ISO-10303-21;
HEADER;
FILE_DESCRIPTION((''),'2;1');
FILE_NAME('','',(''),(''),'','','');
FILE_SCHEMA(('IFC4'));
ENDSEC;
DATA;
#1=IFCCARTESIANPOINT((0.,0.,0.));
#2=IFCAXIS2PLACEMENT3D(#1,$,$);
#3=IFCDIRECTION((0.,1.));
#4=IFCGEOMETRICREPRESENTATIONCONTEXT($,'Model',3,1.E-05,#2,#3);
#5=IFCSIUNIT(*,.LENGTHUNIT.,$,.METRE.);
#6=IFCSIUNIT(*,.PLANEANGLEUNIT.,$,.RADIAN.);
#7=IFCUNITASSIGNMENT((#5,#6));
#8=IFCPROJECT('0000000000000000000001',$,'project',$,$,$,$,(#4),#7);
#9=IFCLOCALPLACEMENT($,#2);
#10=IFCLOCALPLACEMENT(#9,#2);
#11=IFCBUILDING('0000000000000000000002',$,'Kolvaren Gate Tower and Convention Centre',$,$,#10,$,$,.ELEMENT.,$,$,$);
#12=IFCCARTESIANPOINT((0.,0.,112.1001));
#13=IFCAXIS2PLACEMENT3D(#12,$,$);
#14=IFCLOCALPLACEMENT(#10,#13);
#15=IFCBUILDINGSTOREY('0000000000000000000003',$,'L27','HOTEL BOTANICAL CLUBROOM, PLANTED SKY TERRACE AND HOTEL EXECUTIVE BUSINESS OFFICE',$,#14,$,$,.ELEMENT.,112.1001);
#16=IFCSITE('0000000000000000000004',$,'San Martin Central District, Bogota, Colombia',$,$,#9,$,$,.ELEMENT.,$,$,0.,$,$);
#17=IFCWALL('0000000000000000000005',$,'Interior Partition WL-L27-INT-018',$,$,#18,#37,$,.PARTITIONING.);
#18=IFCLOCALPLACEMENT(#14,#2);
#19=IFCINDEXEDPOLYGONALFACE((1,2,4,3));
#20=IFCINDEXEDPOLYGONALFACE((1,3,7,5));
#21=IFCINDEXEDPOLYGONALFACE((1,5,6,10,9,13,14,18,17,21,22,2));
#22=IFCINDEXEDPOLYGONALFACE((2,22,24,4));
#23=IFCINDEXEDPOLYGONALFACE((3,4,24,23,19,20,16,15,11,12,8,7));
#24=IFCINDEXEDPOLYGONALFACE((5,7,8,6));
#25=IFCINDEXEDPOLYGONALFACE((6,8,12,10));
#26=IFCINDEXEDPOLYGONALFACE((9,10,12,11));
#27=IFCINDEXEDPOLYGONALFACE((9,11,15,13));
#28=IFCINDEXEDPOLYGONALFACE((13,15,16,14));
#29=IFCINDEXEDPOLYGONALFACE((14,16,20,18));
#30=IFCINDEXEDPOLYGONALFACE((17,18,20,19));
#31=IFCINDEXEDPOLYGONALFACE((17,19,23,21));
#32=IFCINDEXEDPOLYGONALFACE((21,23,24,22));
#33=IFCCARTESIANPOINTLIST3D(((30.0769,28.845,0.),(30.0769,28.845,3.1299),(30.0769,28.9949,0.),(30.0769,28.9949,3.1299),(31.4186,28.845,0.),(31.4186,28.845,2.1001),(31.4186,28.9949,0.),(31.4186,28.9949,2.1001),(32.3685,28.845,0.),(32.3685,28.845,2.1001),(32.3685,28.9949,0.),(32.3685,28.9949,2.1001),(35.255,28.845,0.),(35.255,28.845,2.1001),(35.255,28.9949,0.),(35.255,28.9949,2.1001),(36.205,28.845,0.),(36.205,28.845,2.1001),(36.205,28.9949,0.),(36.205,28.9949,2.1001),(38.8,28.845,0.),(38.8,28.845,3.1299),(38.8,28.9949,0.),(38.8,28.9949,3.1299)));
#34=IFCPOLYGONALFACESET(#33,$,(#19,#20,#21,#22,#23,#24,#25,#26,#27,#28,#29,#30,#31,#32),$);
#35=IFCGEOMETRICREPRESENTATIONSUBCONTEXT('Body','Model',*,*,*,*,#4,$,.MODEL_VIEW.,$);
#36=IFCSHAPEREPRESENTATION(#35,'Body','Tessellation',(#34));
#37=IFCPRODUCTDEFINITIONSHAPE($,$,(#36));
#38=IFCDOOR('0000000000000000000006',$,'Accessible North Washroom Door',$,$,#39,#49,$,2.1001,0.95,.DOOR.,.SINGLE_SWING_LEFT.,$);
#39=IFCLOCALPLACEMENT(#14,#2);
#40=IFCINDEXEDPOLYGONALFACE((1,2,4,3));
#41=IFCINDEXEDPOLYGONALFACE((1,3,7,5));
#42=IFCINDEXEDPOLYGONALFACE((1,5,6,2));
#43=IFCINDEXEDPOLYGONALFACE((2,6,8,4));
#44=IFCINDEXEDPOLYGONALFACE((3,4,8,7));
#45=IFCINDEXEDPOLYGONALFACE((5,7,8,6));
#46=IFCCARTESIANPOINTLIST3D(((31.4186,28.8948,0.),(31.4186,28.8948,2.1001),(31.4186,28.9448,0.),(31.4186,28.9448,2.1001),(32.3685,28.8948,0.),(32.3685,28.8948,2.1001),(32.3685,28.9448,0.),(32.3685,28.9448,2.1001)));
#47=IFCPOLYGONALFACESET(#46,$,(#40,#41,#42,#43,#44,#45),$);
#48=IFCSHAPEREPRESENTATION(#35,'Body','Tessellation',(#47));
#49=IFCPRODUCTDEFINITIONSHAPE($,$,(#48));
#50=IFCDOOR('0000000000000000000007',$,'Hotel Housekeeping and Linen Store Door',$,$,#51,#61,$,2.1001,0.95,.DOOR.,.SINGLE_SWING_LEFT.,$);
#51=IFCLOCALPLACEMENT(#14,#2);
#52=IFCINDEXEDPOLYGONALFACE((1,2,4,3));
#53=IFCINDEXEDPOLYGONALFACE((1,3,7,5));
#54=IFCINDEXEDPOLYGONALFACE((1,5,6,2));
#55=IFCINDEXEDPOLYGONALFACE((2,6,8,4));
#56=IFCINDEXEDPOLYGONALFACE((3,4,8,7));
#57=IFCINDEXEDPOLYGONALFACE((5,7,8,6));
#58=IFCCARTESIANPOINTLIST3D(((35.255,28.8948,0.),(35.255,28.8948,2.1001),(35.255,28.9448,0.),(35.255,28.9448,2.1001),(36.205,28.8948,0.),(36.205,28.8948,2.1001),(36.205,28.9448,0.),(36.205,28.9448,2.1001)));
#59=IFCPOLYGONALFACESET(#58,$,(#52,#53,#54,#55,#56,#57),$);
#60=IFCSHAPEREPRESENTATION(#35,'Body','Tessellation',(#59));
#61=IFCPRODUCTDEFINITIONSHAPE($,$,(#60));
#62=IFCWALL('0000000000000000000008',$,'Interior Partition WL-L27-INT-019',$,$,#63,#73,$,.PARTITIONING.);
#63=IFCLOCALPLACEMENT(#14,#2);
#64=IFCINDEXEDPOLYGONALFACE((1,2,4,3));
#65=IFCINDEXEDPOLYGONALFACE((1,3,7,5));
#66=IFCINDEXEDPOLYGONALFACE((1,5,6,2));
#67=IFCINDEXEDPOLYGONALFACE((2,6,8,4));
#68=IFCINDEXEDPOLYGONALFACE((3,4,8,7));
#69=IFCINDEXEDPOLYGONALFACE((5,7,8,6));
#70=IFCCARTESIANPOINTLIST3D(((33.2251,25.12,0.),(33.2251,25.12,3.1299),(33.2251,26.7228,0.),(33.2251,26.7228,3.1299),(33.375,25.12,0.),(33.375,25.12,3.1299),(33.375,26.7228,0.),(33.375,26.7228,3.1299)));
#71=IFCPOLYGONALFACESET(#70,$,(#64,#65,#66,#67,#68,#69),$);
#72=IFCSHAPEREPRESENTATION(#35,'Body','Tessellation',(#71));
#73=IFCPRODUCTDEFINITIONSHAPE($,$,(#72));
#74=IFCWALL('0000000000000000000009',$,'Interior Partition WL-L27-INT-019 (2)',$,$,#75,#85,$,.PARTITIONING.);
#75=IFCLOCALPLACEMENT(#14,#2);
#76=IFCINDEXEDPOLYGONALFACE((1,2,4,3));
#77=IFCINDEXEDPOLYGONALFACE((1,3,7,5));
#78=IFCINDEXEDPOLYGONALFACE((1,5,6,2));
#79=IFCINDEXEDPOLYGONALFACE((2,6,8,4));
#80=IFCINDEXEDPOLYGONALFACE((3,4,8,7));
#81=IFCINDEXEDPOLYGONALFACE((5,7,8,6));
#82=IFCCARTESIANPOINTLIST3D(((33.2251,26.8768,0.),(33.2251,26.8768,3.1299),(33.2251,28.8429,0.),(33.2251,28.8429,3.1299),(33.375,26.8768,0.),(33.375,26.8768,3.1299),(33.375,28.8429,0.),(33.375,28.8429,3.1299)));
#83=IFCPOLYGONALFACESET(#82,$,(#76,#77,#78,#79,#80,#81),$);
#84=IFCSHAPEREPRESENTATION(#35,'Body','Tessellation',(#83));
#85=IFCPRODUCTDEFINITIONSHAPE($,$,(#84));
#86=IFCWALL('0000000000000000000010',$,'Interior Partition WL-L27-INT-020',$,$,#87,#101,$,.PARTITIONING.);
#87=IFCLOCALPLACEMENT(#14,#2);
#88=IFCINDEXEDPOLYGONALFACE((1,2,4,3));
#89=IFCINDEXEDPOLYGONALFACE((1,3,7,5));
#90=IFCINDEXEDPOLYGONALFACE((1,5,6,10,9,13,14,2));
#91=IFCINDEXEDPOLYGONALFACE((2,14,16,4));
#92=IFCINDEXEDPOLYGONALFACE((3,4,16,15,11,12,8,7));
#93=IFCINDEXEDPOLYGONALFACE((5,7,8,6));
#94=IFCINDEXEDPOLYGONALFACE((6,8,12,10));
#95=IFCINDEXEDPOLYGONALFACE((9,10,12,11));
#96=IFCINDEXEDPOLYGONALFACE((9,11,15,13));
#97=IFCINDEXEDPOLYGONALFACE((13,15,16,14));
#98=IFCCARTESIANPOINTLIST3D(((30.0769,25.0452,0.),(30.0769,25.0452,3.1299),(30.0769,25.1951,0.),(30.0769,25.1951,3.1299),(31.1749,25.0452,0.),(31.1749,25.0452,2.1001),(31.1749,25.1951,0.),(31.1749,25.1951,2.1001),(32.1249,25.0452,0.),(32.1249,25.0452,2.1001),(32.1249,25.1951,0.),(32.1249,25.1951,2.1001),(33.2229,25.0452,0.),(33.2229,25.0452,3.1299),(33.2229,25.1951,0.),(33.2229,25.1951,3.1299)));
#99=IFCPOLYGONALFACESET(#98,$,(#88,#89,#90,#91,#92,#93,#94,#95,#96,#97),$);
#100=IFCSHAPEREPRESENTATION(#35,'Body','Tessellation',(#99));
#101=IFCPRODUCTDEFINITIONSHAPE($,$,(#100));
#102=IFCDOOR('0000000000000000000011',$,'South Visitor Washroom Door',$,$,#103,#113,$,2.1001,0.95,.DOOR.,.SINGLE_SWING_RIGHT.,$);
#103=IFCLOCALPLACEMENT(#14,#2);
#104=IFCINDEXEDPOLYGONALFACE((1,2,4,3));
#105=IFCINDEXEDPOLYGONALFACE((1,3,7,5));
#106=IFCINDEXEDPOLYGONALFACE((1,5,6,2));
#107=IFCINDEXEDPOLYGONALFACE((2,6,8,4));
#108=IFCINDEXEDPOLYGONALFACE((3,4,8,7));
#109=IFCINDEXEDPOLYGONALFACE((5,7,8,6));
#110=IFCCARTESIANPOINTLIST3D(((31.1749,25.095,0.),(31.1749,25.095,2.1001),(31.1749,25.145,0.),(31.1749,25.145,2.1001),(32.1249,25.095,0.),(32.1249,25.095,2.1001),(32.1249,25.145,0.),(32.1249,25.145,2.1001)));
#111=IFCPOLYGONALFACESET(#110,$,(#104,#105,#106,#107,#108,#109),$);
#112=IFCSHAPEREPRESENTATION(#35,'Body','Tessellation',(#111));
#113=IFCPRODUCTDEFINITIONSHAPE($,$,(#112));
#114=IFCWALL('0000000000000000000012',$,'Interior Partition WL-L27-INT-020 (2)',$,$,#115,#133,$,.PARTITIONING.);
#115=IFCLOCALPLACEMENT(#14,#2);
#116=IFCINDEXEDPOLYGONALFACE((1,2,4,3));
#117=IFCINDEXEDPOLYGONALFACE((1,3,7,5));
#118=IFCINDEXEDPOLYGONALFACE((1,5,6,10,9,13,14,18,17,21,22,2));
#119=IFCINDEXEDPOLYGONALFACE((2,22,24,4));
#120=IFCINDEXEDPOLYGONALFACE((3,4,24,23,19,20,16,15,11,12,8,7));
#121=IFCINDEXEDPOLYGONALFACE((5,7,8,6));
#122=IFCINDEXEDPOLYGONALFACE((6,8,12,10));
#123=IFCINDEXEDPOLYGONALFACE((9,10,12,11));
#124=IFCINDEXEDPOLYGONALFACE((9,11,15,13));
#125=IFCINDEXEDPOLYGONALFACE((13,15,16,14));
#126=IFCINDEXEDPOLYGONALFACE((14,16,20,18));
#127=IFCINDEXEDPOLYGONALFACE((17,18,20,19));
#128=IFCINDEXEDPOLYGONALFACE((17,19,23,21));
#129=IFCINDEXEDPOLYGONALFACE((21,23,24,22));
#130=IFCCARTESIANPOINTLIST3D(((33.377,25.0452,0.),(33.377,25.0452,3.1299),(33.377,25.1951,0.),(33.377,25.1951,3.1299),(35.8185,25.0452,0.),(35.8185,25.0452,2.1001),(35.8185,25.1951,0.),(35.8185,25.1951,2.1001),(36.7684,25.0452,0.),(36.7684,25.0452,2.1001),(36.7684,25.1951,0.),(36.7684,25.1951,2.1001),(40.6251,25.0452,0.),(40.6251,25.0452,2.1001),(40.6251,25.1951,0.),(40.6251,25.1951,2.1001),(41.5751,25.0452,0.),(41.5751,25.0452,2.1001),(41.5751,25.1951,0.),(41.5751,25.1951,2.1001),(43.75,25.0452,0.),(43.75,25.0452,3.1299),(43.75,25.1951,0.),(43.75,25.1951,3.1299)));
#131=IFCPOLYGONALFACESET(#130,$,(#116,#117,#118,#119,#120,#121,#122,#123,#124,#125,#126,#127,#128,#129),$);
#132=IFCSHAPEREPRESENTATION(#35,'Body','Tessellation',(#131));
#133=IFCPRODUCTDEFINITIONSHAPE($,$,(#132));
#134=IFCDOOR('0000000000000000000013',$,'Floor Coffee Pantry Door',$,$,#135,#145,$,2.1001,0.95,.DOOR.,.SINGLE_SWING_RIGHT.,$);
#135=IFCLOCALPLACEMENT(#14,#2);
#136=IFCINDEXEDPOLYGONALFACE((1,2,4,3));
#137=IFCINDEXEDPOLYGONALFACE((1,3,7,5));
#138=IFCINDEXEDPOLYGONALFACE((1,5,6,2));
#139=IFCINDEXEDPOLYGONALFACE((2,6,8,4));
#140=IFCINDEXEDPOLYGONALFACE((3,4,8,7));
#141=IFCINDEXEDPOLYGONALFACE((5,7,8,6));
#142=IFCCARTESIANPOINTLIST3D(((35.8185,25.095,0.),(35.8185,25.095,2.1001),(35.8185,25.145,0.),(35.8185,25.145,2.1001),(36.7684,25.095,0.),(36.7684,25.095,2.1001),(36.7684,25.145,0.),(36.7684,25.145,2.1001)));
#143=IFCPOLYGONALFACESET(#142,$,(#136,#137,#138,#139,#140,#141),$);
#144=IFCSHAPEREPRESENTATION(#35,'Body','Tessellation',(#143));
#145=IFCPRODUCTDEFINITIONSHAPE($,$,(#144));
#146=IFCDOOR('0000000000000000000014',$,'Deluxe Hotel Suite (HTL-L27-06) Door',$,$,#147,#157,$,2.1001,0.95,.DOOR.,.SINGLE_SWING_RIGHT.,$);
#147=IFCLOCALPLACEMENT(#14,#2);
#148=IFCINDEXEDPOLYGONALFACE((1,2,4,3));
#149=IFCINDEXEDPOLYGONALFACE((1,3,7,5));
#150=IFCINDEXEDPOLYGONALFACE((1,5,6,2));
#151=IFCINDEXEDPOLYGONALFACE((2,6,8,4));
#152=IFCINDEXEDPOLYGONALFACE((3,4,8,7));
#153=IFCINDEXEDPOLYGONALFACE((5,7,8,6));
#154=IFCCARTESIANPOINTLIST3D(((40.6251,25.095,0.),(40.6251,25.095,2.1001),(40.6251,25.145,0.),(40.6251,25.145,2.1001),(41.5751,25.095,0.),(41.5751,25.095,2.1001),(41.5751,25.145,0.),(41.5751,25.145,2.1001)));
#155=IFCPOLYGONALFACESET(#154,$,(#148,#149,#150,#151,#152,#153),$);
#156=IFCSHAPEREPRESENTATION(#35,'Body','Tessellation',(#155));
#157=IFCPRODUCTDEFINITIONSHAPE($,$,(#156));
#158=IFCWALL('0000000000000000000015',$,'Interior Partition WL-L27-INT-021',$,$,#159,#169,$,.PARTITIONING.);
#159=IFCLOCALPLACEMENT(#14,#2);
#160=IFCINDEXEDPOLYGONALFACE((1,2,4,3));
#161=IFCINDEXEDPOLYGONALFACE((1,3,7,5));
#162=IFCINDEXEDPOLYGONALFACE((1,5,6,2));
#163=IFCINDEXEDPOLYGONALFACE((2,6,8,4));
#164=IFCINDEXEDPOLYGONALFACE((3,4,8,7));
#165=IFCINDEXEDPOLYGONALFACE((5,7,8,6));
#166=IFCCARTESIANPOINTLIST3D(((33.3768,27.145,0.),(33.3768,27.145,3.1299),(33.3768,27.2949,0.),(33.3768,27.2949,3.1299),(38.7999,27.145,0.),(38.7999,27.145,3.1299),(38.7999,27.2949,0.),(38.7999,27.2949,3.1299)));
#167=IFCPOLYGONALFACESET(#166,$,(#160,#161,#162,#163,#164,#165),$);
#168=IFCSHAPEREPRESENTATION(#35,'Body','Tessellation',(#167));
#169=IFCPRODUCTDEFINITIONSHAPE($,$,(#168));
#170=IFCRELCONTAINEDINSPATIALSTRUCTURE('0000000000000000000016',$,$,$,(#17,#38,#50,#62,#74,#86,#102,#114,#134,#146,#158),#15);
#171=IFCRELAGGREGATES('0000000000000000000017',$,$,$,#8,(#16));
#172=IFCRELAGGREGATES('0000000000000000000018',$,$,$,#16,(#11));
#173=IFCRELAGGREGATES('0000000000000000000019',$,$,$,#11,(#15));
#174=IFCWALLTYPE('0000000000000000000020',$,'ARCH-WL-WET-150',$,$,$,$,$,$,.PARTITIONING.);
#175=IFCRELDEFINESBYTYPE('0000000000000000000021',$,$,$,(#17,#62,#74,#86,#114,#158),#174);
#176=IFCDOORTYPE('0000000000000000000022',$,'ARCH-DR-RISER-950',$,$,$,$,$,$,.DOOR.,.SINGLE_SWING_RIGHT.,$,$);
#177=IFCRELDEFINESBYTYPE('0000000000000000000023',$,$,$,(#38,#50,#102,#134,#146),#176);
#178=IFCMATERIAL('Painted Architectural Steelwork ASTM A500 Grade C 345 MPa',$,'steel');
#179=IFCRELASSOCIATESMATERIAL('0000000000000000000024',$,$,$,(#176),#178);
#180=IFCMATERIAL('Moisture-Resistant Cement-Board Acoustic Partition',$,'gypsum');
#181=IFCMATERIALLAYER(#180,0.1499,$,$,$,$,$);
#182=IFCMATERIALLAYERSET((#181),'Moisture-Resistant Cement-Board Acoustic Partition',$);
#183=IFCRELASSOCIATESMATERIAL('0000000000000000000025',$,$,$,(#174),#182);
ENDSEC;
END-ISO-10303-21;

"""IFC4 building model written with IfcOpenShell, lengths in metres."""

from ifc_helpers import new_model, si_unit, direction, frame, frame_2d, origin, place, context, subcontext, project, spatial, rectangle, extrude, material, layer, layer_set, type_object, element, fill, save


model = new_model("IFC4")

# Units and contexts
model_context = context("Model", 3, precision=1e-05, world=origin(), true_north=direction((0.0, 1.0)))
body_context = subcontext(model_context, "Body", "Model", "MODEL_VIEW")
ifc_project = project(units=[si_unit("LENGTHUNIT", "METRE"), si_unit("PLANEANGLEUNIT", "RADIAN")], contexts=[model_context])

# Site, building, storey
site_placement = place(None, origin())
site = spatial("IfcSite", under=ifc_project, at=site_placement, Name="San Martin Central District, Bogota, Colombia", CompositionType="ELEMENT", RefElevation=0.0)
building_placement = place(site_placement, origin())
building = spatial("IfcBuilding", under=site, at=building_placement, Name="Kolvaren Gate Tower and Convention Centre", CompositionType="ELEMENT")
storey_placement = place(building_placement, frame((0.0, 0.0, 112.1001)))
storey = spatial("IfcBuildingStorey", under=building, at=storey_placement, Name="L27", Description="HOTEL BOTANICAL CLUBROOM, PLANTED SKY TERRACE AND HOTEL EXECUTIVE BUSINESS OFFICE", CompositionType="ELEMENT", Elevation=112.1001)

# Shared definitions
ifc_material_1 = material(Name="Painted Architectural Steelwork ASTM A500 Grade C 345 MPa", Category="steel")
door_type = type_object("IfcDoorType", Name="ARCH-DR-RISER-950", OperationType="SINGLE_SWING_RIGHT", PredefinedType="DOOR", material=ifc_material_1)

# Shared definitions
ifc_material_2 = material(Name="Moisture-Resistant Cement-Board Acoustic Partition", Category="gypsum")
ifc_layer_1 = layer(ifc_material_2, 0.1499)
ifc_layer_set_1 = layer_set([ifc_layer_1], Name="Moisture-Resistant Cement-Board Acoustic Partition")
wall_type_1 = type_object("IfcWallType", Name="ARCH-WL-WET-150", PredefinedType="PARTITIONING", material=ifc_layer_set_1)

# Wall, openings, doors
wall_1_placement = place(storey_placement, frame((30.0769, 28.9199, 0.0), z_axis=(0.0, 0.0, 1.0), x_axis=(1.0, 0.0, 0.0)))
wall_1 = element("IfcWall", 1, at=wall_1_placement, inside=storey, type_object=wall_type_1, Name="Interior Partition WL-L27-INT-018", PredefinedType="PARTITIONING", context=body_context, shape_type="SweptSolid", body=[
    extrude(rectangle(XDim=8.7231, YDim=0.1499, at=frame_2d((4.3616, 0.0))), origin(), (0.0, 0.0, 1.0), 3.1299),
])
opening_1_placement = place(wall_1_placement, frame((1.3416, 0.0, 0.0)))
opening_1 = element("IfcOpeningElement", 2, at=opening_1_placement, cuts=wall_1, PredefinedType="OPENING", context=body_context, shape_type="SweptSolid", body=[
    extrude(rectangle(XDim=0.95, YDim=2.1001, at=frame_2d((0.4751, 1.05))), frame((0.0, 0.085, 0.0), z_axis=(0.0, -1.0, 0.0), x_axis=(1.0, 0.0, 0.0)), (0.0, 0.0, 1.0), 0.1699),
])
opening_2_placement = place(wall_1_placement, frame((5.178, 0.0, 0.0)))
opening_2 = element("IfcOpeningElement", 3, at=opening_2_placement, cuts=wall_1, PredefinedType="OPENING", context=body_context, shape_type="SweptSolid", body=[
    extrude(rectangle(XDim=0.95, YDim=2.1001, at=frame_2d((0.4751, 1.05))), frame((0.0, 0.085, 0.0), z_axis=(0.0, -1.0, 0.0), x_axis=(1.0, 0.0, 0.0)), (0.0, 0.0, 1.0), 0.1699),
])
door_1_placement = place(opening_1_placement, origin())
door_1 = element("IfcDoor", 4, at=door_1_placement, inside=storey, type_object=door_type, Name="Accessible North Washroom Door", OperationType="SINGLE_SWING_LEFT", OverallHeight=2.1001, OverallWidth=0.95, PredefinedType="DOOR", context=body_context, shape_type="SweptSolid", body=[
    extrude(rectangle(XDim=0.95, YDim=2.1001, at=frame_2d((0.4751, 1.05))), frame((0.0, 0.0249, 0.0), z_axis=(0.0, -1.0, 0.0), x_axis=(1.0, 0.0, 0.0)), (0.0, 0.0, 1.0), 0.05),
])
fill(opening_1, door_1)
door_2_placement = place(opening_2_placement, origin())
door_2 = element("IfcDoor", 5, at=door_2_placement, inside=storey, type_object=door_type, Name="Hotel Housekeeping and Linen Store Door", OperationType="SINGLE_SWING_LEFT", OverallHeight=2.1001, OverallWidth=0.95, PredefinedType="DOOR", context=body_context, shape_type="SweptSolid", body=[
    extrude(rectangle(XDim=0.95, YDim=2.1001, at=frame_2d((0.4751, 1.05))), frame((0.0, 0.0249, 0.0), z_axis=(0.0, -1.0, 0.0), x_axis=(1.0, 0.0, 0.0)), (0.0, 0.0, 1.0), 0.05),
])
fill(opening_2, door_2)

# Walls
wall_2_placement = place(storey_placement, frame((33.3, 25.1201, 0.0), z_axis=(0.0, 0.0, 1.0), x_axis=(0.0, 1.0, 0.0)))
element("IfcWall", 6, at=wall_2_placement, inside=storey, type_object=wall_type_1, Name="Interior Partition WL-L27-INT-019", PredefinedType="PARTITIONING", context=body_context, shape_type="SweptSolid", body=[
    extrude(rectangle(XDim=1.6028, YDim=0.1499, at=frame_2d((0.8013, 0.0))), origin(), (0.0, 0.0, 1.0), 3.1299),
])
wall_3_placement = place(storey_placement, frame((33.3, 26.877, 0.0), z_axis=(0.0, 0.0, 1.0), x_axis=(0.0, 1.0, 0.0)))
element("IfcWall", 7, at=wall_3_placement, inside=storey, type_object=wall_type_1, Name="Interior Partition WL-L27-INT-019 (2)", PredefinedType="PARTITIONING", context=body_context, shape_type="SweptSolid", body=[
    extrude(rectangle(XDim=1.9661, YDim=0.1499, at=frame_2d((0.9829, 0.0))), origin(), (0.0, 0.0, 1.0), 3.1299),
])

# Wall, opening, door
wall_4_placement = place(storey_placement, frame((30.0769, 25.1201, 0.0), z_axis=(0.0, 0.0, 1.0), x_axis=(1.0, 0.0, 0.0)))
wall_4 = element("IfcWall", 8, at=wall_4_placement, inside=storey, type_object=wall_type_1, Name="Interior Partition WL-L27-INT-020", PredefinedType="PARTITIONING", context=body_context, shape_type="SweptSolid", body=[
    extrude(rectangle(XDim=3.146, YDim=0.1499, at=frame_2d((1.573, 0.0))), origin(), (0.0, 0.0, 1.0), 3.1299),
])
opening_3_placement = place(wall_4_placement, frame((1.0979, 0.0, 0.0)))
opening_3 = element("IfcOpeningElement", 9, at=opening_3_placement, cuts=wall_4, PredefinedType="OPENING", context=body_context, shape_type="SweptSolid", body=[
    extrude(rectangle(XDim=0.95, YDim=2.1001, at=frame_2d((0.4751, 1.05))), frame((0.0, 0.085, 0.0), z_axis=(0.0, -1.0, 0.0), x_axis=(1.0, 0.0, 0.0)), (0.0, 0.0, 1.0), 0.1699),
])
door_3_placement = place(opening_3_placement, origin())
door_3 = element("IfcDoor", 10, at=door_3_placement, inside=storey, type_object=door_type, Name="South Visitor Washroom Door", OperationType="SINGLE_SWING_RIGHT", OverallHeight=2.1001, OverallWidth=0.95, PredefinedType="DOOR", context=body_context, shape_type="SweptSolid", body=[
    extrude(rectangle(XDim=0.95, YDim=2.1001, at=frame_2d((0.4751, 1.05))), frame((0.0, 0.0249, 0.0), z_axis=(0.0, -1.0, 0.0), x_axis=(1.0, 0.0, 0.0)), (0.0, 0.0, 1.0), 0.05),
])
fill(opening_3, door_3)

# Wall, openings, doors
wall_5_placement = place(storey_placement, frame((33.377, 25.1201, 0.0), z_axis=(0.0, 0.0, 1.0), x_axis=(1.0, 0.0, 0.0)))
wall_5 = element("IfcWall", 11, at=wall_5_placement, inside=storey, type_object=wall_type_1, Name="Interior Partition WL-L27-INT-020 (2)", PredefinedType="PARTITIONING", context=body_context, shape_type="SweptSolid", body=[
    extrude(rectangle(XDim=10.373, YDim=0.1499, at=frame_2d((5.1865, 0.0))), origin(), (0.0, 0.0, 1.0), 3.1299),
])
opening_4_placement = place(wall_5_placement, frame((2.4414, 0.0, 0.0)))
opening_4 = element("IfcOpeningElement", 12, at=opening_4_placement, cuts=wall_5, PredefinedType="OPENING", context=body_context, shape_type="SweptSolid", body=[
    extrude(rectangle(XDim=0.95, YDim=2.1001, at=frame_2d((0.4751, 1.05))), frame((0.0, 0.085, 0.0), z_axis=(0.0, -1.0, 0.0), x_axis=(1.0, 0.0, 0.0)), (0.0, 0.0, 1.0), 0.1699),
])
opening_5_placement = place(wall_5_placement, frame((7.248, 0.0, 0.0)))
opening_5 = element("IfcOpeningElement", 13, at=opening_5_placement, cuts=wall_5, PredefinedType="OPENING", context=body_context, shape_type="SweptSolid", body=[
    extrude(rectangle(XDim=0.95, YDim=2.1001, at=frame_2d((0.4751, 1.05))), frame((0.0, 0.085, 0.0), z_axis=(0.0, -1.0, 0.0), x_axis=(1.0, 0.0, 0.0)), (0.0, 0.0, 1.0), 0.1699),
])
door_4_placement = place(opening_4_placement, origin())
door_4 = element("IfcDoor", 14, at=door_4_placement, inside=storey, type_object=door_type, Name="Floor Coffee Pantry Door", OperationType="SINGLE_SWING_RIGHT", OverallHeight=2.1001, OverallWidth=0.95, PredefinedType="DOOR", context=body_context, shape_type="SweptSolid", body=[
    extrude(rectangle(XDim=0.95, YDim=2.1001, at=frame_2d((0.4751, 1.05))), frame((0.0, 0.0249, 0.0), z_axis=(0.0, -1.0, 0.0), x_axis=(1.0, 0.0, 0.0)), (0.0, 0.0, 1.0), 0.05),
])
fill(opening_4, door_4)
door_5_placement = place(opening_5_placement, origin())
door_5 = element("IfcDoor", 15, at=door_5_placement, inside=storey, type_object=door_type, Name="Deluxe Hotel Suite (HTL-L27-06) Door", OperationType="SINGLE_SWING_RIGHT", OverallHeight=2.1001, OverallWidth=0.95, PredefinedType="DOOR", context=body_context, shape_type="SweptSolid", body=[
    extrude(rectangle(XDim=0.95, YDim=2.1001, at=frame_2d((0.4751, 1.05))), frame((0.0, 0.0249, 0.0), z_axis=(0.0, -1.0, 0.0), x_axis=(1.0, 0.0, 0.0)), (0.0, 0.0, 1.0), 0.05),
])
fill(opening_5, door_5)

# Wall
wall_6_placement = place(storey_placement, frame((33.377, 27.22, 0.0), z_axis=(0.0, 0.0, 1.0), x_axis=(1.0, 0.0, 0.0)))
element("IfcWall", 16, at=wall_6_placement, inside=storey, type_object=wall_type_1, Name="Interior Partition WL-L27-INT-021", PredefinedType="PARTITIONING", context=body_context, shape_type="SweptSolid", body=[
    extrude(rectangle(XDim=5.4231, YDim=0.1499, at=frame_2d((2.7114, 0.0))), origin(), (0.0, 0.0, 1.0), 3.1299),
])

save(model, "model.ifc")
